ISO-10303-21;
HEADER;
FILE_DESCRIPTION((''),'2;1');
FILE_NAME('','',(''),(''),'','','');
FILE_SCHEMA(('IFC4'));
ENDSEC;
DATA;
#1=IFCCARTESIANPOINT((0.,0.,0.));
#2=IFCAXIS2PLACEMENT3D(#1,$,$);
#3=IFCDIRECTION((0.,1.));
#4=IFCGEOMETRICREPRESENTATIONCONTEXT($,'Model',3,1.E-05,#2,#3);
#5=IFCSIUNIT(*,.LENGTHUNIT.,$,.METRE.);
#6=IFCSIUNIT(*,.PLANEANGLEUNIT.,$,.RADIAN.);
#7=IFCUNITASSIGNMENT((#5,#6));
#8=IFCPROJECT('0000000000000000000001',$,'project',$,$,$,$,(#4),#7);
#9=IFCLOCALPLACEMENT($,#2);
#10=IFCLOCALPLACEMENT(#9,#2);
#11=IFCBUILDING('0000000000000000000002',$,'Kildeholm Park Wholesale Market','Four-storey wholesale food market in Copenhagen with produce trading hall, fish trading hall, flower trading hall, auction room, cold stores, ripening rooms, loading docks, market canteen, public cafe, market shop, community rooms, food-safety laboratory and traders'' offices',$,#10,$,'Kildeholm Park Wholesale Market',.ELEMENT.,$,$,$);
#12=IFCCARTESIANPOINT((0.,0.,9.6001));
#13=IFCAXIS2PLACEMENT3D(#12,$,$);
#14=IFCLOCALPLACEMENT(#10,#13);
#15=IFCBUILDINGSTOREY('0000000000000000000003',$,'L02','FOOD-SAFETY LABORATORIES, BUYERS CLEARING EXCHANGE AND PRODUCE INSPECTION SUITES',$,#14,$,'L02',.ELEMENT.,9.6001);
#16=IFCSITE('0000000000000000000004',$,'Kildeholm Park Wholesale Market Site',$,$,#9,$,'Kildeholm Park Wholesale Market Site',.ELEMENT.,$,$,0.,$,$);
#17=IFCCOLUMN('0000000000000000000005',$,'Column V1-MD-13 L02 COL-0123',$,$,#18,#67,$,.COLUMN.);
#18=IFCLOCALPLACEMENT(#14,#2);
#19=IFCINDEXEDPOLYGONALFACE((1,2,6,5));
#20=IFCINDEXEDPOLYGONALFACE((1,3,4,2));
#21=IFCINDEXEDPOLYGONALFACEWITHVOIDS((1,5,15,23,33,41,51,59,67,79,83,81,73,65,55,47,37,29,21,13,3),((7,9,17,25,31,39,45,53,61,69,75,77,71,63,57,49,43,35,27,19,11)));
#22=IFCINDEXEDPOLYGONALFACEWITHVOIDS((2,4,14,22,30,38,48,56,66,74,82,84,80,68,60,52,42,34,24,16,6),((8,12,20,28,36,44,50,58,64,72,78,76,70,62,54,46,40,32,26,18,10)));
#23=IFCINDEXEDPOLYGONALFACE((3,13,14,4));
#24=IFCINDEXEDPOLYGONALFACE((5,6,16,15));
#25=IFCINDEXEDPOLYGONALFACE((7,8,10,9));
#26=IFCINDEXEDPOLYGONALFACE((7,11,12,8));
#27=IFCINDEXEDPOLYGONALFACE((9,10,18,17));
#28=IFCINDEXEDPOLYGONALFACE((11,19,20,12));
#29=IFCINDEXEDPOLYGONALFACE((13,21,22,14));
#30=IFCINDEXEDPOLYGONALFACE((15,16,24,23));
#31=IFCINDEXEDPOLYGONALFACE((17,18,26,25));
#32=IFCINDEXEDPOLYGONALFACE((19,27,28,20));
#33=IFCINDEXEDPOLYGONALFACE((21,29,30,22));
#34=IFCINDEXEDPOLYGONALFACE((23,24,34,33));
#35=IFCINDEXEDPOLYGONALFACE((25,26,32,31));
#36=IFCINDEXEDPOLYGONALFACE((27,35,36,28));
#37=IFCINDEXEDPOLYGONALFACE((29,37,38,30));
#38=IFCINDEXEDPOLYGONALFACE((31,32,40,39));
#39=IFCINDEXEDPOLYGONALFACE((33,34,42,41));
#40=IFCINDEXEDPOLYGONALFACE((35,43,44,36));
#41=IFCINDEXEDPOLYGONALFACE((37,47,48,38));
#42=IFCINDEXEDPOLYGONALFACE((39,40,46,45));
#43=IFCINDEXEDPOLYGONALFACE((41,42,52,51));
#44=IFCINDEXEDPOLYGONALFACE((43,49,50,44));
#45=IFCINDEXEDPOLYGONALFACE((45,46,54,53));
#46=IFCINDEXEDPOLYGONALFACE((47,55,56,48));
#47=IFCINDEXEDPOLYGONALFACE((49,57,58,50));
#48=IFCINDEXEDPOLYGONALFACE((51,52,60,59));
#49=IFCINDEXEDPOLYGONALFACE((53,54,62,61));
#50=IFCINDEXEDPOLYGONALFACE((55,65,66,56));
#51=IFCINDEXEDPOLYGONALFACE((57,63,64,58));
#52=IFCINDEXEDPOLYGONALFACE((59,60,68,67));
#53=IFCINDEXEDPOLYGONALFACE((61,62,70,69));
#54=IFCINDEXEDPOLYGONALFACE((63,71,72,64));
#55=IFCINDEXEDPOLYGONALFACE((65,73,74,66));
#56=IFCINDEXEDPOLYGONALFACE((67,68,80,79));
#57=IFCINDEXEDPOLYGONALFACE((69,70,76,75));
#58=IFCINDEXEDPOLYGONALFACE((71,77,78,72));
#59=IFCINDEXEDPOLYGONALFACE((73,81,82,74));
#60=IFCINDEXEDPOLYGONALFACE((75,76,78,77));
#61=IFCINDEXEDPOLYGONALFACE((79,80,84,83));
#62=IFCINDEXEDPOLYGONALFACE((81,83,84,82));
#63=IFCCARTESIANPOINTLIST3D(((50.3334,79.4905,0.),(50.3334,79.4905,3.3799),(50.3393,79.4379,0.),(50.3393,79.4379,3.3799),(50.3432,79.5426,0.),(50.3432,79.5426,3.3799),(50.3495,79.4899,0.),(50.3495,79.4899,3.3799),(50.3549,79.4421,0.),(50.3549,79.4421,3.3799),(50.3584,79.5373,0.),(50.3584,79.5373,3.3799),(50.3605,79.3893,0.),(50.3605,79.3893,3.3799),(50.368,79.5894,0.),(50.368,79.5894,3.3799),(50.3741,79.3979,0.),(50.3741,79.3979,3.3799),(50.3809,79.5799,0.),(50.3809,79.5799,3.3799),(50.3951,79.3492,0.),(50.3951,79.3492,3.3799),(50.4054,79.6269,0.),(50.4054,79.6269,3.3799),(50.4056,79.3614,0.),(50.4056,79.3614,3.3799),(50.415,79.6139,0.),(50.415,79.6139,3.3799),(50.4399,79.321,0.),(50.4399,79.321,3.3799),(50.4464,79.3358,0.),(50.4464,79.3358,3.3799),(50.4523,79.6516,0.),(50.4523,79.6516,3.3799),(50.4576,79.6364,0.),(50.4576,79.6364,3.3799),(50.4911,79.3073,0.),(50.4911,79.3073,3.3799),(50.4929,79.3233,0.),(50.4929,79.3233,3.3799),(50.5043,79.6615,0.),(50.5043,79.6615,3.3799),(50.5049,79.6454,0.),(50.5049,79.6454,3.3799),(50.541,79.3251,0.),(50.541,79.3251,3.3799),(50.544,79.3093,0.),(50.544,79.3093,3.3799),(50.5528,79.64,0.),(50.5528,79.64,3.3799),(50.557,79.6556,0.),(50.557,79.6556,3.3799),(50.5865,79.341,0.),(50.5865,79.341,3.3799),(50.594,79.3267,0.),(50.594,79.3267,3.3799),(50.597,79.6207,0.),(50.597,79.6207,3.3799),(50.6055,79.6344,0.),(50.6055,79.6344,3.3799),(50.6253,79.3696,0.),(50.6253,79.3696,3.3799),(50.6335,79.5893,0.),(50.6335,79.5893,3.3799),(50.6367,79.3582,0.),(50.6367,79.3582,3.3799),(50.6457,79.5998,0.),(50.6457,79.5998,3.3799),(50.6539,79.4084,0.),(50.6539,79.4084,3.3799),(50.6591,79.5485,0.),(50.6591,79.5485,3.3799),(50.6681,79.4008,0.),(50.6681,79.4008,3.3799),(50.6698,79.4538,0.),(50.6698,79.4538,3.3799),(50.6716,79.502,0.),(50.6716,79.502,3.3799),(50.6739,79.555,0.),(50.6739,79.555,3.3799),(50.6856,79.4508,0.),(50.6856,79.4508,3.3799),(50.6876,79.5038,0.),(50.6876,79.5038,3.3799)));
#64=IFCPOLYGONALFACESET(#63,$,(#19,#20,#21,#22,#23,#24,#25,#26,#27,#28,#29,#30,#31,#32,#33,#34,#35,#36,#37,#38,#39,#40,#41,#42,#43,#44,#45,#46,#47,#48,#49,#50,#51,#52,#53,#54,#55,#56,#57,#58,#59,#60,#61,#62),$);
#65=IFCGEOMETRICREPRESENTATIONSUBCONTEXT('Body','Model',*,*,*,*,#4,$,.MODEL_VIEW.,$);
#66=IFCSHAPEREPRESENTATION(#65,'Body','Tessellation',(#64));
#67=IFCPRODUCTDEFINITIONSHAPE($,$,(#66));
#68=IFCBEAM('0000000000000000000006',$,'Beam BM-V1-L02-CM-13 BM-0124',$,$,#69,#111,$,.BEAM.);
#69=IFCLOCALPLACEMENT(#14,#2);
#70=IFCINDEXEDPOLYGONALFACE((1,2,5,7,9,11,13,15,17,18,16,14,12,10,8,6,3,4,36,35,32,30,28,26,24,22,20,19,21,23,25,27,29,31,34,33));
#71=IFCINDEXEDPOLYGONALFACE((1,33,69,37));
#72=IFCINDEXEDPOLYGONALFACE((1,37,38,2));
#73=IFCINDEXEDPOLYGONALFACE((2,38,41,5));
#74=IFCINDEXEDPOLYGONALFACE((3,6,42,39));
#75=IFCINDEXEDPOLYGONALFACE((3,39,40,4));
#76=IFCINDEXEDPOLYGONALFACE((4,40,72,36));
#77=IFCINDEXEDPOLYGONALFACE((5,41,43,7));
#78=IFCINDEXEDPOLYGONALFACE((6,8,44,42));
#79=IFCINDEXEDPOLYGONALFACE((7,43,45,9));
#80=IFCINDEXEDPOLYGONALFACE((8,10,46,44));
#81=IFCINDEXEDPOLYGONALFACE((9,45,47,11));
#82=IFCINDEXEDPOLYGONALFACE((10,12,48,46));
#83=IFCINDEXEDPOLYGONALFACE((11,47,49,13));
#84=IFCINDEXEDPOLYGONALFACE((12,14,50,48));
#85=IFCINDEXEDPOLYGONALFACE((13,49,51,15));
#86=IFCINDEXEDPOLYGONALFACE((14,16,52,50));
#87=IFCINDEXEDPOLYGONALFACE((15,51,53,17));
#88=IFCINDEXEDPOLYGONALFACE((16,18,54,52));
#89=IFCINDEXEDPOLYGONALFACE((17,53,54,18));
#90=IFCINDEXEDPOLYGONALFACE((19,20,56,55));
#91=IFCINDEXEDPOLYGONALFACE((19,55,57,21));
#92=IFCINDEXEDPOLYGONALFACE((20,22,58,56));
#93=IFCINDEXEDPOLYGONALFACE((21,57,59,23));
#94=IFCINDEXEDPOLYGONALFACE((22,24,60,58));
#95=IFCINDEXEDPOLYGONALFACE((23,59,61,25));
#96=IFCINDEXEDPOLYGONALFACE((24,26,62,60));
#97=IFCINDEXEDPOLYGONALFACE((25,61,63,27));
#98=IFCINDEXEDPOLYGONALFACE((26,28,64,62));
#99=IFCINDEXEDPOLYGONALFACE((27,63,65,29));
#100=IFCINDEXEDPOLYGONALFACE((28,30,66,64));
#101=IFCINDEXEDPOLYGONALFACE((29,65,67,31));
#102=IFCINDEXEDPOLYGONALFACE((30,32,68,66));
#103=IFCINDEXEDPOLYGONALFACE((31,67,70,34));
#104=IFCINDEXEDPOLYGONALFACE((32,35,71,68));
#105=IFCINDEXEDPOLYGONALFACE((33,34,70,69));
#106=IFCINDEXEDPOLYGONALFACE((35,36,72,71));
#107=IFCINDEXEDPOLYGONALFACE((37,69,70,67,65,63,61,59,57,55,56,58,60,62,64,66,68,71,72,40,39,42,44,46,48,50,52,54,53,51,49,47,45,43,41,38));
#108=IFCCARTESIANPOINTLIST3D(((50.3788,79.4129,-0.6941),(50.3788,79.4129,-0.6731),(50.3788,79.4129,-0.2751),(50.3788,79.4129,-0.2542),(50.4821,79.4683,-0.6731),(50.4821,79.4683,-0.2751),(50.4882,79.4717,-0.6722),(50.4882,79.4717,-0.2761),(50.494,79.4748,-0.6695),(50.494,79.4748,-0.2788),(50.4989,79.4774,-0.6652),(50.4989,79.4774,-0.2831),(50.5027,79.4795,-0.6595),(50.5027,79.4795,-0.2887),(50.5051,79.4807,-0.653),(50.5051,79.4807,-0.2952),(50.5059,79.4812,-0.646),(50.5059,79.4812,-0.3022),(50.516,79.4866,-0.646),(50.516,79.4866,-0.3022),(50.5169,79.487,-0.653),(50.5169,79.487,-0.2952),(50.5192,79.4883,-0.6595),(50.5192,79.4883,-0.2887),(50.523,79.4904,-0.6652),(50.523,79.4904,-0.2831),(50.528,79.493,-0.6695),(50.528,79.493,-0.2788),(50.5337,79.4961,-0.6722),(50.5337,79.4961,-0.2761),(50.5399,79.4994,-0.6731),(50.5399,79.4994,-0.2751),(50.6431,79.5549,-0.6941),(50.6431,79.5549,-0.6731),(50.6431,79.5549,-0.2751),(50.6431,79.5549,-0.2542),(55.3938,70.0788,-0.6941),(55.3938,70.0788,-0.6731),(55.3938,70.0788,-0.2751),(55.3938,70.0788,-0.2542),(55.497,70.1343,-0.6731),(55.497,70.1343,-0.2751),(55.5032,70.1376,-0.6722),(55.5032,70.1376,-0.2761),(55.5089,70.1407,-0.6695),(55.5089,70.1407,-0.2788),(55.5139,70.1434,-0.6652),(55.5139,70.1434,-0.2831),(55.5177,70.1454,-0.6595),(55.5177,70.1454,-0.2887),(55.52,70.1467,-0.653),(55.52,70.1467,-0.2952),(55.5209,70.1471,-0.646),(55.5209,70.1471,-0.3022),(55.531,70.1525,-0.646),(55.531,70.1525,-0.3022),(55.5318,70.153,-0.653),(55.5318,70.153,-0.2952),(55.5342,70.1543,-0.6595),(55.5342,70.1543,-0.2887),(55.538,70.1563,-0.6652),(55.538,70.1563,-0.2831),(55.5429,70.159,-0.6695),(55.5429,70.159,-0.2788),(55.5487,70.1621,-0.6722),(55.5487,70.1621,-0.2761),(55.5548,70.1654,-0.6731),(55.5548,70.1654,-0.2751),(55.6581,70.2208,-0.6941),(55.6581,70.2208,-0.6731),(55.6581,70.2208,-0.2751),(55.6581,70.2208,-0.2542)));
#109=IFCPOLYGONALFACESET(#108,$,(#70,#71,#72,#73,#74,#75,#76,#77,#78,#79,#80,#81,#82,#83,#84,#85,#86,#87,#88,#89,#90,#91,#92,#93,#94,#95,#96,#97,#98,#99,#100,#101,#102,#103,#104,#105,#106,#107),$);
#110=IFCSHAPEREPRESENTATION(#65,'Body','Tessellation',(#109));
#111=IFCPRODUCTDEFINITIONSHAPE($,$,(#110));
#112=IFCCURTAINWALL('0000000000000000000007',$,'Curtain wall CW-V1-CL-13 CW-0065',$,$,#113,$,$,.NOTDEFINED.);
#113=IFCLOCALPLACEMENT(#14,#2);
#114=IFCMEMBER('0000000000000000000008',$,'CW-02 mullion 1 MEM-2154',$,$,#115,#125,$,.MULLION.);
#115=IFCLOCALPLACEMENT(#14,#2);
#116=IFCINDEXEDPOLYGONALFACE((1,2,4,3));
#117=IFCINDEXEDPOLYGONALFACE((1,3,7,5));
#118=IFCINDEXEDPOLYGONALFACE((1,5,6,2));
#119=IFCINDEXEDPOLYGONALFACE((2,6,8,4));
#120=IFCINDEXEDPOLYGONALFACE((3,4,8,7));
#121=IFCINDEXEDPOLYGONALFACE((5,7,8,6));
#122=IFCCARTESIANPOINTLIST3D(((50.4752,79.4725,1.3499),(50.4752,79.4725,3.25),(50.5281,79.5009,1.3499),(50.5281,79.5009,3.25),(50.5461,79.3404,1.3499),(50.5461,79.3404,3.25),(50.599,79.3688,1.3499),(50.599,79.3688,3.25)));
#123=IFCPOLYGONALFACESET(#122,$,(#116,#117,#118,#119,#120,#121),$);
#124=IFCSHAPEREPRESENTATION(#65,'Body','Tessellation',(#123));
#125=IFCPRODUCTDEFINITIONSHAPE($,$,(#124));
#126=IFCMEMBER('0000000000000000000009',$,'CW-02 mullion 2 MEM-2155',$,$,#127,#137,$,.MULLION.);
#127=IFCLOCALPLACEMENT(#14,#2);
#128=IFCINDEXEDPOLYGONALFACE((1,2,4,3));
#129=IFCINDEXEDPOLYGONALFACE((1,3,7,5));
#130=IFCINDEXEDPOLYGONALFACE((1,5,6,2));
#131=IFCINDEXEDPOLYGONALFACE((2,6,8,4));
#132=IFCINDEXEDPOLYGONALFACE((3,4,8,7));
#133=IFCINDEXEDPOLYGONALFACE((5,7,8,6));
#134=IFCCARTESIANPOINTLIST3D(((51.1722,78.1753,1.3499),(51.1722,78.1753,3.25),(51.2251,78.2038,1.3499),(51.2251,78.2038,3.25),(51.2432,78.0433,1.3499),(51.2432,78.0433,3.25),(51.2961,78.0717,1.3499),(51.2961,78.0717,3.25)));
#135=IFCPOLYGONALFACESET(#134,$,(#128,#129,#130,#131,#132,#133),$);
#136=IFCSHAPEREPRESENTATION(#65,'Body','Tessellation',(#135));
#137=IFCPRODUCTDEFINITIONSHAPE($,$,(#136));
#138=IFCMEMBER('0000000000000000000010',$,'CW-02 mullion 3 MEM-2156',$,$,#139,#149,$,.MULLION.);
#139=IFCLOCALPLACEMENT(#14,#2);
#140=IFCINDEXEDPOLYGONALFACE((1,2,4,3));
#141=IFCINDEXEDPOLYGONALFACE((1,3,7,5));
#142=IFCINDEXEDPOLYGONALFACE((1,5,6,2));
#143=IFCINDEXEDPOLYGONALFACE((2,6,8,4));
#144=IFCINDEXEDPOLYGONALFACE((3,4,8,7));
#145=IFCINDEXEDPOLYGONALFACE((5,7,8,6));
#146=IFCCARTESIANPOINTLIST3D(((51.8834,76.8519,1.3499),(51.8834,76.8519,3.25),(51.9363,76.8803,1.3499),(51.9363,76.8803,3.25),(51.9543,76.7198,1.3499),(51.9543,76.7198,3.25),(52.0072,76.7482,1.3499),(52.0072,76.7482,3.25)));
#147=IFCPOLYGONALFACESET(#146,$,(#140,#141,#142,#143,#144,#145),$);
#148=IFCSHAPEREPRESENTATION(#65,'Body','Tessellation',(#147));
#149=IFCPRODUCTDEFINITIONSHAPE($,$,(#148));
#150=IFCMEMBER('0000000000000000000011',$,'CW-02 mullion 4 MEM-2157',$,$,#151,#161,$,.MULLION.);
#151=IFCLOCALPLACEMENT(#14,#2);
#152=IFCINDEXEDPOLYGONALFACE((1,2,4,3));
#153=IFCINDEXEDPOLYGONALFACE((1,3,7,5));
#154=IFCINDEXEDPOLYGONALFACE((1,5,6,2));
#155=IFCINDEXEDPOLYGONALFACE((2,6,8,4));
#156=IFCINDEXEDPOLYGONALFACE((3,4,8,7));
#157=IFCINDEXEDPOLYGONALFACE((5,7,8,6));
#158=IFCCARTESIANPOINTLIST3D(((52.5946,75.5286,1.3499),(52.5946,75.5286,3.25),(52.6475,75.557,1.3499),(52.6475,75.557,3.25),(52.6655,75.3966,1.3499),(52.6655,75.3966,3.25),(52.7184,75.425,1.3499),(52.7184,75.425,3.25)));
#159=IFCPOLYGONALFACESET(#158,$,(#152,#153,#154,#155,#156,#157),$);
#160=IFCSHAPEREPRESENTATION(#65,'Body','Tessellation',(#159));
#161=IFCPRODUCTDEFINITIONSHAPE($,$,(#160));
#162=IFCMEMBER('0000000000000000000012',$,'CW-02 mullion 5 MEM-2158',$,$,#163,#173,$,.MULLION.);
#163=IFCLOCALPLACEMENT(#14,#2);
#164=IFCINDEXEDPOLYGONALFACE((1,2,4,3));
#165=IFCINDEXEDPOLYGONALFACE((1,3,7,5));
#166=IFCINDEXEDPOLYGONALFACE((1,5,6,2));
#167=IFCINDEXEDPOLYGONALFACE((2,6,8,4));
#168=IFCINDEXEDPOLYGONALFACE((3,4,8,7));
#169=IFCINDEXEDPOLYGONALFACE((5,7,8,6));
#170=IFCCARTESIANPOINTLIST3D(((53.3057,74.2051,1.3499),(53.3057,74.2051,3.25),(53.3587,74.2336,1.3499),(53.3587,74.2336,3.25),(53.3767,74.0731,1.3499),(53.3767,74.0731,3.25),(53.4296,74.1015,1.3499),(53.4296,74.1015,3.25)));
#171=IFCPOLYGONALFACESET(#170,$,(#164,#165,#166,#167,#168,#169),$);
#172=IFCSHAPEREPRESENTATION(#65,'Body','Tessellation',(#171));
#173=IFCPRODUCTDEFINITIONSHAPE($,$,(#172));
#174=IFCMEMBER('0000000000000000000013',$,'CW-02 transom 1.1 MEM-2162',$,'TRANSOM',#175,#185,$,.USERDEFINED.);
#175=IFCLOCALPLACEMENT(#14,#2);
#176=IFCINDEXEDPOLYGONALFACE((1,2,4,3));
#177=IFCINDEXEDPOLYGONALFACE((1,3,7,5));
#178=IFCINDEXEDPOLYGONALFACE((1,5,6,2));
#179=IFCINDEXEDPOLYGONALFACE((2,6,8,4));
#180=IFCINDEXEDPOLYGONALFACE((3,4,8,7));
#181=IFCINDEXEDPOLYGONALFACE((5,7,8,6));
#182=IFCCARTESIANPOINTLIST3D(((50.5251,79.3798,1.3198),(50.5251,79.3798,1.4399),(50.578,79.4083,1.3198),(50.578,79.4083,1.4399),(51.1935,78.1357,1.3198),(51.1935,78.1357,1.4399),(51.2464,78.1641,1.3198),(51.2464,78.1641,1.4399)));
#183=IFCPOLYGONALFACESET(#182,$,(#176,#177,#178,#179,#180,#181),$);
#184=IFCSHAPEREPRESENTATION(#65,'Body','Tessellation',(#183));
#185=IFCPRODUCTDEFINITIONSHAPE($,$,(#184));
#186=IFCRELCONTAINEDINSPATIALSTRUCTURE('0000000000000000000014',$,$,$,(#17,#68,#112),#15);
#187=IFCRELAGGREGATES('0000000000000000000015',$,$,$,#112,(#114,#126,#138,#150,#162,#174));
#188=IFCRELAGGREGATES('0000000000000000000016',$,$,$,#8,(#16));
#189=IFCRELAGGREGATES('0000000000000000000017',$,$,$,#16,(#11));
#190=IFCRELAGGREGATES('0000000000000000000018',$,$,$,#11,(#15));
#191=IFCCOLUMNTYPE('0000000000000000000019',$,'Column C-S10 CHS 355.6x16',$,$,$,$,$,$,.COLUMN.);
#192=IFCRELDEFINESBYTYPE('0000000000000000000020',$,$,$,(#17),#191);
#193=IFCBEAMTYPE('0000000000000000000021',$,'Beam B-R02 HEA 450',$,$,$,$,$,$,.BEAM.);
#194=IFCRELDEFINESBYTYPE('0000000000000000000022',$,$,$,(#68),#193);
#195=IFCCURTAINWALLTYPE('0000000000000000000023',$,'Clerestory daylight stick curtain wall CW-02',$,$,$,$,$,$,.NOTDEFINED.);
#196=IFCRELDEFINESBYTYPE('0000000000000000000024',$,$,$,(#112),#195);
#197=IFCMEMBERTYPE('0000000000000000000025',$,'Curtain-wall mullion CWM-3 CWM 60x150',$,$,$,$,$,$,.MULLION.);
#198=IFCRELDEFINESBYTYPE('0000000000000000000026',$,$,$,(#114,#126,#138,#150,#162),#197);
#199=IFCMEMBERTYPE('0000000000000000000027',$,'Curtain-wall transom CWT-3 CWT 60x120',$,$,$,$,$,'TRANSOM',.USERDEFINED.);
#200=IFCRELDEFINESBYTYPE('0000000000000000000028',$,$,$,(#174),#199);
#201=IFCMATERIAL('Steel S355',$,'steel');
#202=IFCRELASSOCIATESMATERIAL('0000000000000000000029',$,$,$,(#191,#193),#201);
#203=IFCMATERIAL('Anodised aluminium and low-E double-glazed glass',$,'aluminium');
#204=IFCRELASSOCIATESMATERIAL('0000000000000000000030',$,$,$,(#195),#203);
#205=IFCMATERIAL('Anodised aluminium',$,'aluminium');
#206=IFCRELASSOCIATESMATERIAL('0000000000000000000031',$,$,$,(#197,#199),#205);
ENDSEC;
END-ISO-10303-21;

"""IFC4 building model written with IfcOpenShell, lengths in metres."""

from ifc_helpers import new_model, si_unit, direction, frame, origin, origin_2d, place, context, subcontext, project, spatial, rectangle, hollow_circle, i_section, extrude, material, material_profile, profile_set, type_object, element, aggregate, save


model = new_model("IFC4")

# Units and contexts
model_context = context("Model", 3, precision=1e-05, world=origin(), true_north=direction((0.0, 1.0)))
body_context = subcontext(model_context, "Body", "Model", "MODEL_VIEW")
ifc_project = project(units=[si_unit("LENGTHUNIT", "METRE"), si_unit("PLANEANGLEUNIT", "RADIAN")], contexts=[model_context])

# Site, building, storey
site_placement = place(None, origin())
site = spatial("IfcSite", under=ifc_project, at=site_placement, Name="Kildeholm Park Wholesale Market Site", LongName="Kildeholm Park Wholesale Market Site", CompositionType="ELEMENT", RefElevation=0.0)
building_placement = place(site_placement, origin())
building = spatial("IfcBuilding", under=site, at=building_placement, Name="Kildeholm Park Wholesale Market", Description="Four-storey wholesale food market in Copenhagen with produce trading hall, fish trading hall, flower trading hall, auction room, cold stores, ripening rooms, loading docks, market canteen, public cafe, market shop, community rooms, food-safety laboratory and traders' offices", LongName="Kildeholm Park Wholesale Market", CompositionType="ELEMENT")
storey_placement = place(building_placement, frame((0.0, 0.0, 9.6001)))
storey = spatial("IfcBuildingStorey", under=building, at=storey_placement, Name="L02", Description="FOOD-SAFETY LABORATORIES, BUYERS CLEARING EXCHANGE AND PRODUCE INSPECTION SUITES", LongName="L02", CompositionType="ELEMENT", Elevation=9.6001)

# Column
ifc_material_1 = material(Name="Steel S355", Category="steel")
ifc_material_profile_1 = material_profile(ifc_material_1, hollow_circle(Radius=0.1777, WallThickness=0.0161, at=origin_2d()), Name="CHS 355.6x16")
ifc_profile_set_1 = profile_set([ifc_material_profile_1], Name="Steel S355")
column_type = type_object("IfcColumnType", Name="Column C-S10 CHS 355.6x16", PredefinedType="COLUMN", material=ifc_profile_set_1)
column_placement = place(storey_placement, frame((50.511, 79.4839, 0.0), z_axis=(0.0, 0.0, 1.0), x_axis=(-0.965926, -0.258819, 0.0)))
element("IfcColumn", 1, at=column_placement, inside=storey, type_object=column_type, Name="Column V1-MD-13 L02 COL-0123", PredefinedType="COLUMN", context=body_context, shape_type="SweptSolid", body=[
    extrude(hollow_circle(Radius=0.1777, WallThickness=0.0161, at=origin_2d()), origin(), (0.0, 0.0, 1.0), 3.3799),
])

# Beam
ifc_material_profile_2 = material_profile(ifc_material_1, i_section(OverallWidth=0.3, OverallDepth=0.4399, WebThickness=0.0115, FlangeThickness=0.021, FilletRadius=0.0271, at=origin_2d()), Name="HEA 450")
ifc_profile_set_2 = profile_set([ifc_material_profile_2], Name="Steel S355")
beam_type = type_object("IfcBeamType", Name="Beam B-R02 HEA 450", PredefinedType="BEAM", material=ifc_profile_set_2)
beam_placement = place(storey_placement, frame((50.511, 79.4839, -0.4741), z_axis=(0.473288, -0.880908, 0.0), x_axis=(0.880908, 0.473288, 0.0)))
element("IfcBeam", 2, at=beam_placement, inside=storey, type_object=beam_type, Name="Beam BM-V1-L02-CM-13 BM-0124", PredefinedType="BEAM", context=body_context, shape_type="SweptSolid", body=[
    extrude(i_section(OverallWidth=0.3, OverallDepth=0.4399, WebThickness=0.0115, FlangeThickness=0.021, FilletRadius=0.0271, at=origin_2d()), origin(), (0.0, 0.0, 1.0), 10.5959),
])

# Curtain wall, members
ifc_material_2 = material(Name="Anodised aluminium and low-E double-glazed glass", Category="aluminium")
curtain_wall_type = type_object("IfcCurtainWallType", Name="Clerestory daylight stick curtain wall CW-02", PredefinedType="NOTDEFINED", material=ifc_material_2)
curtain_wall_placement = place(storey_placement, origin())
curtain_wall = element("IfcCurtainWall", 3, at=curtain_wall_placement, inside=storey, type_object=curtain_wall_type, Name="Curtain wall CW-V1-CL-13 CW-0065", PredefinedType="NOTDEFINED")
ifc_material_3 = material(Name="Anodised aluminium", Category="aluminium")
ifc_material_profile_3 = material_profile(ifc_material_3, rectangle(XDim=0.0601, YDim=0.1499, at=origin_2d()), Name="CWM 60x150")
ifc_profile_set_3 = profile_set([ifc_material_profile_3], Name="Anodised aluminium")
member_type_1 = type_object("IfcMemberType", Name="Curtain-wall mullion CWM-3 CWM 60x150", PredefinedType="MULLION", material=ifc_profile_set_3)
member_1_placement = place(storey_placement, frame((50.5371, 79.4207, 1.3499), z_axis=(0.0, 0.0, 1.0), x_axis=(0.88088, 0.47334, 0.0)))
member_1 = element("IfcMember", 4, at=member_1_placement, type_object=member_type_1, Name="CW-02 mullion 1 MEM-2154", PredefinedType="MULLION", context=body_context, shape_type="SweptSolid", body=[
    extrude(rectangle(XDim=0.0601, YDim=0.1499, at=origin_2d()), origin(), (0.0, 0.0, 1.0), 1.9001),
])
member_2_placement = place(storey_placement, frame((51.2341, 78.1235, 1.3499), z_axis=(0.0, 0.0, 1.0), x_axis=(0.88088, 0.47334, 0.0)))
member_2 = element("IfcMember", 5, at=member_2_placement, type_object=member_type_1, Name="CW-02 mullion 2 MEM-2155", PredefinedType="MULLION", context=body_context, shape_type="SweptSolid", body=[
    extrude(rectangle(XDim=0.0601, YDim=0.1499, at=origin_2d()), origin(), (0.0, 0.0, 1.0), 1.9001),
])
member_3_placement = place(storey_placement, frame((51.9453, 76.8, 1.3499), z_axis=(0.0, 0.0, 1.0), x_axis=(0.88088, 0.47334, 0.0)))
member_3 = element("IfcMember", 6, at=member_3_placement, type_object=member_type_1, Name="CW-02 mullion 3 MEM-2156", PredefinedType="MULLION", context=body_context, shape_type="SweptSolid", body=[
    extrude(rectangle(XDim=0.0601, YDim=0.1499, at=origin_2d()), origin(), (0.0, 0.0, 1.0), 1.9001),
])
member_4_placement = place(storey_placement, frame((52.6565, 75.4768, 1.3499), z_axis=(0.0, 0.0, 1.0), x_axis=(0.88088, 0.47334, 0.0)))
member_4 = element("IfcMember", 7, at=member_4_placement, type_object=member_type_1, Name="CW-02 mullion 4 MEM-2157", PredefinedType="MULLION", context=body_context, shape_type="SweptSolid", body=[
    extrude(rectangle(XDim=0.0601, YDim=0.1499, at=origin_2d()), origin(), (0.0, 0.0, 1.0), 1.9001),
])
member_5_placement = place(storey_placement, frame((53.3677, 74.1533, 1.3499), z_axis=(0.0, 0.0, 1.0), x_axis=(0.88088, 0.47334, 0.0)))
member_5 = element("IfcMember", 8, at=member_5_placement, type_object=member_type_1, Name="CW-02 mullion 5 MEM-2158", PredefinedType="MULLION", context=body_context, shape_type="SweptSolid", body=[
    extrude(rectangle(XDim=0.0601, YDim=0.1499, at=origin_2d()), origin(), (0.0, 0.0, 1.0), 1.9001),
])
ifc_material_profile_4 = material_profile(ifc_material_3, rectangle(XDim=0.0601, YDim=0.1201, at=origin_2d()), Name="CWT 60x120")
ifc_profile_set_4 = profile_set([ifc_material_profile_4], Name="Anodised aluminium")
member_type_2 = type_object("IfcMemberType", Name="Curtain-wall transom CWT-3 CWT 60x120", ElementType="TRANSOM", PredefinedType="USERDEFINED", material=ifc_profile_set_4)
member_6_placement = place(storey_placement, frame((50.5515, 79.394, 1.3799), z_axis=(0.473296, -0.880904, 0.0), x_axis=(0.880904, 0.473296, 0.0)))
member_6 = element("IfcMember", 9, at=member_6_placement, type_object=member_type_2, Name="CW-02 transom 1.1 MEM-2162", ObjectType="TRANSOM", PredefinedType="USERDEFINED", context=body_context, shape_type="SweptSolid", body=[
    extrude(rectangle(XDim=0.0601, YDim=0.1201, at=origin_2d()), origin(), (0.0, 0.0, 1.0), 1.4124),
])
aggregate(curtain_wall, [member_1, member_2, member_3, member_4, member_5, member_6])

save(model, "model.ifc")
